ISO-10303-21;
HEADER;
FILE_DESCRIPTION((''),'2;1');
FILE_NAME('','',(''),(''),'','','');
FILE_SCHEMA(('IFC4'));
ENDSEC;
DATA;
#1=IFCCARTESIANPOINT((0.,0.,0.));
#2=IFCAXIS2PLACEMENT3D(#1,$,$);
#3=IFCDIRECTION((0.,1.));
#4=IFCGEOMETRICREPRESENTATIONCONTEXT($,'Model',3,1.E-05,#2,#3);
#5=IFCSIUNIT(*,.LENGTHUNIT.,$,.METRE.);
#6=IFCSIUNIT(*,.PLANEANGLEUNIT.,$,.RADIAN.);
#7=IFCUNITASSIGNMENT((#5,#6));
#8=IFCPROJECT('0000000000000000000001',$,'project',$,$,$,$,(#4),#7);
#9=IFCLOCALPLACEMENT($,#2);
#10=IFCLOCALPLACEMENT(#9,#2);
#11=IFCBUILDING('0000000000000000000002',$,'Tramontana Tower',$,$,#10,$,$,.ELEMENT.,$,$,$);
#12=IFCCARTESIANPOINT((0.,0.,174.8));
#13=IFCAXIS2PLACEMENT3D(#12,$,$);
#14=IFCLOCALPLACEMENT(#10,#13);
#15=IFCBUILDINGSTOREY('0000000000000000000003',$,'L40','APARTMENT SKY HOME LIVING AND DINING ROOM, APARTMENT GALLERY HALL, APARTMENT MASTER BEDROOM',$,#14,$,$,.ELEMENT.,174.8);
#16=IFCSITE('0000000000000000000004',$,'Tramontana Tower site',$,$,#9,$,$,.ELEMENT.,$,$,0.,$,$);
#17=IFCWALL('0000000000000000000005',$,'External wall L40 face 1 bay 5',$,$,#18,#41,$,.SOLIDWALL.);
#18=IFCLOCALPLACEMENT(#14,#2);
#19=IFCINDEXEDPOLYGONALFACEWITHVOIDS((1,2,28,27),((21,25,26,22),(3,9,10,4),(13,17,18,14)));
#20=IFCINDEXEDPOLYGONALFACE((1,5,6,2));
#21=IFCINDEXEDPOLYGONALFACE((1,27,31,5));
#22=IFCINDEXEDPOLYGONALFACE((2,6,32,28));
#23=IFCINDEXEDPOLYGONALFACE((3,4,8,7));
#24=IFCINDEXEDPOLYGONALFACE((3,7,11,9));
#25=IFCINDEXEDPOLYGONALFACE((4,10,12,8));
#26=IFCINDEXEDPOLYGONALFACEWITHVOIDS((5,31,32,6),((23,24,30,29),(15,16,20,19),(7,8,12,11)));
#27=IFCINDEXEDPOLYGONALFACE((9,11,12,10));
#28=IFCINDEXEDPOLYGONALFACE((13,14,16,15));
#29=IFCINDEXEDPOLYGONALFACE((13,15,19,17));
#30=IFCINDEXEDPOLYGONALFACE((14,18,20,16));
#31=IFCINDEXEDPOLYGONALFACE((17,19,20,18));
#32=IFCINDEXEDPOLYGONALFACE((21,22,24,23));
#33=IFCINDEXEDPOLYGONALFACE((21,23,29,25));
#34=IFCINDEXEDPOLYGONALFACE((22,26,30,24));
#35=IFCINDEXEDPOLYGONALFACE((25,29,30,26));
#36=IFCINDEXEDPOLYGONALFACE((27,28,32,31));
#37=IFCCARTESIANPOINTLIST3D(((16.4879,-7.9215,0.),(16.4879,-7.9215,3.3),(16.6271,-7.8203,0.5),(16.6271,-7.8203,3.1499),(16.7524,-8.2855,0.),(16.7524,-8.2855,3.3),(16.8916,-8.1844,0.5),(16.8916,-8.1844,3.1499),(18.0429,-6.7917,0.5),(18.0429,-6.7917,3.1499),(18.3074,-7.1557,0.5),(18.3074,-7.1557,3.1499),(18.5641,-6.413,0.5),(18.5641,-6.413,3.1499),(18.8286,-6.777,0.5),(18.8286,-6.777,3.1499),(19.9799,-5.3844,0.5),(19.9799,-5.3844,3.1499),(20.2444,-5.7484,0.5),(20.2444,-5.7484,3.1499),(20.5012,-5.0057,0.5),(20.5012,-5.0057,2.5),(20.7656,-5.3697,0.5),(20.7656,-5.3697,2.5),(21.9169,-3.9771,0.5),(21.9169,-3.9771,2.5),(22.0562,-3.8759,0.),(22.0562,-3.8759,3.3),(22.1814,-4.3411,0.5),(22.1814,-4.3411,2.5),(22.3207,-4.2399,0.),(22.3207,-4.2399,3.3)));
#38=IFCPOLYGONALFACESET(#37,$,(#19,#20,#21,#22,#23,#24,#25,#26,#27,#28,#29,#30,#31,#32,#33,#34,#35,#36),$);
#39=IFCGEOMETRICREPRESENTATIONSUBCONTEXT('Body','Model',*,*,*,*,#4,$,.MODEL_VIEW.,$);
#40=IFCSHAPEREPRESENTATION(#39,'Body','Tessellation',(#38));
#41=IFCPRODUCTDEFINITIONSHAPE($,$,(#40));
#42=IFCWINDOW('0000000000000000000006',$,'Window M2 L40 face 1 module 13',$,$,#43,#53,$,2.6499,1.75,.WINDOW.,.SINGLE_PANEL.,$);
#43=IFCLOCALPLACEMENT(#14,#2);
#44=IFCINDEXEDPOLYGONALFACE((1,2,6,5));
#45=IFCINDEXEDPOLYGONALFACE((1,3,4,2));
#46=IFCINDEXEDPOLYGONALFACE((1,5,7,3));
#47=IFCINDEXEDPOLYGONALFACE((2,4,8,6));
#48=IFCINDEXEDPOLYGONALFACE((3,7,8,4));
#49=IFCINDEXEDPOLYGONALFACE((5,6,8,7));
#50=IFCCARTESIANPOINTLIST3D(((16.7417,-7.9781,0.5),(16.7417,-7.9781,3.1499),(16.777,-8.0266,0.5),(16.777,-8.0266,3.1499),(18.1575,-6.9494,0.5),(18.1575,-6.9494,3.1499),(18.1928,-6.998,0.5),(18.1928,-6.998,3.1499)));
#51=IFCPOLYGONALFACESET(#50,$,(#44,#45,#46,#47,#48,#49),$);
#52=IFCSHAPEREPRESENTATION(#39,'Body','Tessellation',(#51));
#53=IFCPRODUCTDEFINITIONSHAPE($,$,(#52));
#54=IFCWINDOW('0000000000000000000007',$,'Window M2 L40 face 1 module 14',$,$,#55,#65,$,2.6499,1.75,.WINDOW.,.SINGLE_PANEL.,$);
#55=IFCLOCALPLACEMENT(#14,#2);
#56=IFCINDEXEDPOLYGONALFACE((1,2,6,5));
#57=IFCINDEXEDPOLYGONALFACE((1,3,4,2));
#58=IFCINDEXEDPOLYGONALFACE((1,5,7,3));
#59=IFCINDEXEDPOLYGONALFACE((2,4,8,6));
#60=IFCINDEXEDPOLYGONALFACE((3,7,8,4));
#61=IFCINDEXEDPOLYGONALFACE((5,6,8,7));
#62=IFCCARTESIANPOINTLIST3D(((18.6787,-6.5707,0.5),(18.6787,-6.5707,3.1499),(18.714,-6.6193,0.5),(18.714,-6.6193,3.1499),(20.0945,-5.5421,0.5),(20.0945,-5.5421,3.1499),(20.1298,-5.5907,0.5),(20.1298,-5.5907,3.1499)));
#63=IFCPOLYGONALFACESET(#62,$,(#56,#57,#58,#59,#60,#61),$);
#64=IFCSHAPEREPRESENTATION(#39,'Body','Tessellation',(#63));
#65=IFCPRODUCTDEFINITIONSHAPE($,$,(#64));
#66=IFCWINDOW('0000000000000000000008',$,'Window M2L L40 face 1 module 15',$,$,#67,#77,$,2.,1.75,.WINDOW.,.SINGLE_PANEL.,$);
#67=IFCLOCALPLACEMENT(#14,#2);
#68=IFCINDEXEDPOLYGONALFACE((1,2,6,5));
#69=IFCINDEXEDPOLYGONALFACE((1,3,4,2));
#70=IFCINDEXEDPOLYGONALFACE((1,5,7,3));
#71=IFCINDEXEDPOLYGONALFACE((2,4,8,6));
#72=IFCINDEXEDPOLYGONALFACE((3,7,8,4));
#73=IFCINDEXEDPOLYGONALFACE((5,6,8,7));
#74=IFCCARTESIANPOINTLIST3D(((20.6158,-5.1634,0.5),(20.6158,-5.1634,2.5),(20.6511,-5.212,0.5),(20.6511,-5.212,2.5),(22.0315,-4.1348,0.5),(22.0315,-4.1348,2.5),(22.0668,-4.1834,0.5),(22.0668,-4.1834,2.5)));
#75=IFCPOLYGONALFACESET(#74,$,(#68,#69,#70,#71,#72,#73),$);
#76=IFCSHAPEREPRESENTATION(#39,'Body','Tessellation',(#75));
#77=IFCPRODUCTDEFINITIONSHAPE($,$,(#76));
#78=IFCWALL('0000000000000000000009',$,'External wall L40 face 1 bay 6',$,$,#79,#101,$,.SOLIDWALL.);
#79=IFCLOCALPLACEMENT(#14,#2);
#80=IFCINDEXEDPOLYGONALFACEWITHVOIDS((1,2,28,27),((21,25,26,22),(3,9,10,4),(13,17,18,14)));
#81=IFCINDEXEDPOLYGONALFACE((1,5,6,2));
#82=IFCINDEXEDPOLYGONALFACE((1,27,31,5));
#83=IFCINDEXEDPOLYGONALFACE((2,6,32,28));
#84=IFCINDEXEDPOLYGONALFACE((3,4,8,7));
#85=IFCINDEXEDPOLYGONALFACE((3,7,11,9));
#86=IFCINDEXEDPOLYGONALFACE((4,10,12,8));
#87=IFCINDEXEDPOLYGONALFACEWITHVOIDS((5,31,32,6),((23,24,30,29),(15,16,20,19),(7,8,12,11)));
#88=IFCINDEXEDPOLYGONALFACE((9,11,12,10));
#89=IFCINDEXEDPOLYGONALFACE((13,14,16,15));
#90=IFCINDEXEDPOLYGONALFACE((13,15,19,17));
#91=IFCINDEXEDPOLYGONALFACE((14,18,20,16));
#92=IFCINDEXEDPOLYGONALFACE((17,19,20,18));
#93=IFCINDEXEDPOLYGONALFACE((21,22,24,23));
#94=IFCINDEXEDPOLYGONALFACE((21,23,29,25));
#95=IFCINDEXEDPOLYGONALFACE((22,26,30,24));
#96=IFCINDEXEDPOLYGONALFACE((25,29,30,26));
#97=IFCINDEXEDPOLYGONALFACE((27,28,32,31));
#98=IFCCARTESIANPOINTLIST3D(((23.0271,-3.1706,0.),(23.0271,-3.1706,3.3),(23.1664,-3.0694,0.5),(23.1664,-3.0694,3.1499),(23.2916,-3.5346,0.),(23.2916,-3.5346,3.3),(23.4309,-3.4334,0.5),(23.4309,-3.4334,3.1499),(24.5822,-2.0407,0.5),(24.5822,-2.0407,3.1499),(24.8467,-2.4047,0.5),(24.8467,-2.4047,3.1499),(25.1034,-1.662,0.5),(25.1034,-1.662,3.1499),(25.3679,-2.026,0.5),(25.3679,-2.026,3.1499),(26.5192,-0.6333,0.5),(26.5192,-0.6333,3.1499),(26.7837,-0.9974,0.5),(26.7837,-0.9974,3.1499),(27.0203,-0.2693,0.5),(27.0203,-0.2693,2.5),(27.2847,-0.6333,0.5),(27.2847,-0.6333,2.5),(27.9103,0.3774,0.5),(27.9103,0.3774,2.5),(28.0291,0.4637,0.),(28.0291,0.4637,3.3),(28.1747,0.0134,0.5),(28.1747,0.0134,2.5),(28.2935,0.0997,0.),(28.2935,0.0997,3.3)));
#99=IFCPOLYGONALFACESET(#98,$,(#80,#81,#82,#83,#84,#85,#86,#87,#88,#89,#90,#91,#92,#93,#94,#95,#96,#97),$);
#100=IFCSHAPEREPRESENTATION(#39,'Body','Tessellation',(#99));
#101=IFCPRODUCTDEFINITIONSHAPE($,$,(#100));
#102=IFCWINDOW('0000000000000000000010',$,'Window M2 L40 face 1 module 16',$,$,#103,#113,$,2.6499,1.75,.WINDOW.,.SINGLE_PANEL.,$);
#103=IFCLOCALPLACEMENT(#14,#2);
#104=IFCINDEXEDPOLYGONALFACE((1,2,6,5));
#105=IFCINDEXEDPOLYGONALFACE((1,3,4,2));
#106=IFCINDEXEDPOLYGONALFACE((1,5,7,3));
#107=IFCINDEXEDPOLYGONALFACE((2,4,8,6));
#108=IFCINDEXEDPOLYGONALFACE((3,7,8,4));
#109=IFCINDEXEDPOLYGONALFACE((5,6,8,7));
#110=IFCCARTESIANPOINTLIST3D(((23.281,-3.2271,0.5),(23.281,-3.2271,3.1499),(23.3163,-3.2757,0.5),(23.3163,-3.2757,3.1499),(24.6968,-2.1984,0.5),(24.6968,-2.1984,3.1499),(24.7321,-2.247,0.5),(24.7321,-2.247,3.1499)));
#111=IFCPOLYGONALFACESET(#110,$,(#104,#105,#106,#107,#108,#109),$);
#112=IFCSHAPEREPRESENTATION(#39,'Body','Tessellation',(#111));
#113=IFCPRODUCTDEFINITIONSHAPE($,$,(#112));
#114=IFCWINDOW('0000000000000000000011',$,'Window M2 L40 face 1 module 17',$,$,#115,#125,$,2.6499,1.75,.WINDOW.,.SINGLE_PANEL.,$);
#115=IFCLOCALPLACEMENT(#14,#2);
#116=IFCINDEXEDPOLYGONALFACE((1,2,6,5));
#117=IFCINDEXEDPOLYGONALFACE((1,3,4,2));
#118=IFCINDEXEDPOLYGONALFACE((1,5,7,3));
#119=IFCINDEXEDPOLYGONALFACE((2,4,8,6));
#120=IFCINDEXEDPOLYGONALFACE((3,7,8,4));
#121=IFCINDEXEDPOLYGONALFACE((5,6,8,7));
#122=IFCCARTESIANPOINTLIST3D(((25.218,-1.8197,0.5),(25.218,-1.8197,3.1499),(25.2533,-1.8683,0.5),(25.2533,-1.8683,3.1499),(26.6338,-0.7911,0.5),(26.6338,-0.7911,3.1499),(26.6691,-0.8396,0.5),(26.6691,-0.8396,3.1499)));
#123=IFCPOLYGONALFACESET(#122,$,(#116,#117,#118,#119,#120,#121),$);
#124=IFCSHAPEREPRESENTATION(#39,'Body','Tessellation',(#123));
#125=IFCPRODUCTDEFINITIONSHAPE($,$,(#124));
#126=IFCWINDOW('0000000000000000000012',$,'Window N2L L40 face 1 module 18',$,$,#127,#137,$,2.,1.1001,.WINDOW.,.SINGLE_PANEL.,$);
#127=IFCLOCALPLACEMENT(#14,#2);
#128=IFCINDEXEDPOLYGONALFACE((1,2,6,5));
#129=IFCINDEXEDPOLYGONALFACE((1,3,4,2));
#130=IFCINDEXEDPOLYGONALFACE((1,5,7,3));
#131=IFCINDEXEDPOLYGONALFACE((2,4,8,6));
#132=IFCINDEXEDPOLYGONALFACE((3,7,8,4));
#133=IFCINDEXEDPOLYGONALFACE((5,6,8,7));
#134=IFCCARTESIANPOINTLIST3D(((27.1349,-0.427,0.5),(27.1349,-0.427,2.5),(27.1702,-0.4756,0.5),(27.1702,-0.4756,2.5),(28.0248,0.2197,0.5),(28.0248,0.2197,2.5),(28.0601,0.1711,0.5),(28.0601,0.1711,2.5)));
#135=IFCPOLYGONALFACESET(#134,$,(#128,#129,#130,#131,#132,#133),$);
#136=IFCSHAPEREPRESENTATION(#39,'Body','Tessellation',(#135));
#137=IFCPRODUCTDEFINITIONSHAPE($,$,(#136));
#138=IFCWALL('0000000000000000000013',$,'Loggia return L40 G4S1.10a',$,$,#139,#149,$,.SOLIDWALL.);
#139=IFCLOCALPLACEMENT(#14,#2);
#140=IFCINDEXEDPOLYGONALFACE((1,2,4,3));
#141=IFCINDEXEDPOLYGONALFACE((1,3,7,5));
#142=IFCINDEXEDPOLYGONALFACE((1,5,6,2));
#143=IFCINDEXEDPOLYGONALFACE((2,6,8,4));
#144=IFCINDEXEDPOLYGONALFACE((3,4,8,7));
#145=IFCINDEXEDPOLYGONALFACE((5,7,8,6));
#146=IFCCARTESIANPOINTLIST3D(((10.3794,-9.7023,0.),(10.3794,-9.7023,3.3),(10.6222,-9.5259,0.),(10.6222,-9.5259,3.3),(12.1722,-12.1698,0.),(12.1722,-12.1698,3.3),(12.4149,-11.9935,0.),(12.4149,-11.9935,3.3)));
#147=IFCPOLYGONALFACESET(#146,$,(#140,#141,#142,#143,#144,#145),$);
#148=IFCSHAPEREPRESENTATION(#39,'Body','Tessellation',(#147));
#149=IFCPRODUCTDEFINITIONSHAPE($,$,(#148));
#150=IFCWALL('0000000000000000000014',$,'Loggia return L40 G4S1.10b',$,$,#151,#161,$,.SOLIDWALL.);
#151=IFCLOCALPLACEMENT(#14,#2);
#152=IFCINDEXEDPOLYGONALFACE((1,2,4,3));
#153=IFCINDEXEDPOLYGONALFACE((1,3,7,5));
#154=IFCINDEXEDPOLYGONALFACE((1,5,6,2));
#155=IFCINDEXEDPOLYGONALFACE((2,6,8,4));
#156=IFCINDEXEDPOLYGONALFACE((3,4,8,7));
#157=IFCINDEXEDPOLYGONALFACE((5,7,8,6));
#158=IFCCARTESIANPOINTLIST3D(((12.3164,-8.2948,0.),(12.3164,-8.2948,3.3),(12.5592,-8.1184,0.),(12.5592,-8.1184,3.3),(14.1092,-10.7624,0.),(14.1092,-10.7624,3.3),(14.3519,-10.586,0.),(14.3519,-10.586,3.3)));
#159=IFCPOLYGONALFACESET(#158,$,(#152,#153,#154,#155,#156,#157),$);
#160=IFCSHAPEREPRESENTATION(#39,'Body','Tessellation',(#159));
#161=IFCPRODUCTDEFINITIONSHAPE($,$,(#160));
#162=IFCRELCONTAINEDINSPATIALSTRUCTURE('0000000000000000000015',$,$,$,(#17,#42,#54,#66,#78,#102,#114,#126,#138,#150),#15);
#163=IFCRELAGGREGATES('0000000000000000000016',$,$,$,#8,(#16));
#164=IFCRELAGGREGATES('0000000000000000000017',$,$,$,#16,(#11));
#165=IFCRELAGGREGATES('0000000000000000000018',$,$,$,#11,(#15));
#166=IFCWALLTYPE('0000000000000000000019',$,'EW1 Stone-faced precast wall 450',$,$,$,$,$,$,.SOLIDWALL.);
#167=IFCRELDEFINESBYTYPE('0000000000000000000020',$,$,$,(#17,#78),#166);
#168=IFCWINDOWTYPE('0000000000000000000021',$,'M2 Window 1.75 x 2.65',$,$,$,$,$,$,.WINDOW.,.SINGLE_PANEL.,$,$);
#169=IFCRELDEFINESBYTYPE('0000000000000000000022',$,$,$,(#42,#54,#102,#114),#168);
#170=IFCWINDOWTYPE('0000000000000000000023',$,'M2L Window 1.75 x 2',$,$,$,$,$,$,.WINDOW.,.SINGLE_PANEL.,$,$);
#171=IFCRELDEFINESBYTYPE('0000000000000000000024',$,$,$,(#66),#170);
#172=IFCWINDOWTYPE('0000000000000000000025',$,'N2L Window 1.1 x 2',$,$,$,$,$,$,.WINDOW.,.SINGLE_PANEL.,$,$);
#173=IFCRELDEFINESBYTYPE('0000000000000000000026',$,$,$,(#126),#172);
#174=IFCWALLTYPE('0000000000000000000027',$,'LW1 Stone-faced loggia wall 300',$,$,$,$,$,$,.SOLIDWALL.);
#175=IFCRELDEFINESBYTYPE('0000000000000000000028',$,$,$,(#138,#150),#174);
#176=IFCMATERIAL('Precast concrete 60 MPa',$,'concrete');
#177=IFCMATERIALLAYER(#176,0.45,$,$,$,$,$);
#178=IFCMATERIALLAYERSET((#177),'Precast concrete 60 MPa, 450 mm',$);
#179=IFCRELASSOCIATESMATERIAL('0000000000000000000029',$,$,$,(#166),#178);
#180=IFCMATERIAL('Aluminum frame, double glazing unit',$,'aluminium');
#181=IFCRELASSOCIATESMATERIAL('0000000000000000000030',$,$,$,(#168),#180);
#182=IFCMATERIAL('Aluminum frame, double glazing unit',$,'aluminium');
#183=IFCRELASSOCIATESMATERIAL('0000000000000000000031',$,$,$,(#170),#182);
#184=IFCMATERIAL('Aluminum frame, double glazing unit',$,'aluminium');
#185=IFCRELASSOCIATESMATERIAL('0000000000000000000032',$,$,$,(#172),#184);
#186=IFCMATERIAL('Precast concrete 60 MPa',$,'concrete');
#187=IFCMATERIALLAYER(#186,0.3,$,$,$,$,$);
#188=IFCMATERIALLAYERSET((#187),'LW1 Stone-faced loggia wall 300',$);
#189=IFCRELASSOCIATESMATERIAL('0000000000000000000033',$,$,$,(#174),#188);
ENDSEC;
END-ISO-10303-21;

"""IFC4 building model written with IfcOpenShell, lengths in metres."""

from ifc_helpers import new_model, si_unit, direction, frame, frame_2d, origin, place, context, subcontext, project, spatial, rectangle, extrude, material, layer, layer_set, type_object, element, fill, save


model = new_model("IFC4")

# Units and contexts
model_context = context("Model", 3, precision=1e-05, world=origin(), true_north=direction((0.0, 1.0)))
body_context = subcontext(model_context, "Body", "Model", "MODEL_VIEW")
ifc_project = project(units=[si_unit("LENGTHUNIT", "METRE"), si_unit("PLANEANGLEUNIT", "RADIAN")], contexts=[model_context])

# Site, building, storey
site_placement = place(None, origin())
site = spatial("IfcSite", under=ifc_project, at=site_placement, Name="Tramontana Tower site", CompositionType="ELEMENT", RefElevation=0.0)
building_placement = place(site_placement, origin())
building = spatial("IfcBuilding", under=site, at=building_placement, Name="Tramontana Tower", CompositionType="ELEMENT")
storey_placement = place(building_placement, frame((0.0, 0.0, 174.8)))
storey = spatial("IfcBuildingStorey", under=building, at=storey_placement, Name="L40", Description="APARTMENT SKY HOME LIVING AND DINING ROOM, APARTMENT GALLERY HALL, APARTMENT MASTER BEDROOM", CompositionType="ELEMENT", Elevation=174.8)

# Shared definitions
ifc_material_1 = material(Name="Precast concrete 60 MPa", Category="concrete")
ifc_layer_1 = layer(ifc_material_1, 0.45)
ifc_layer_set_1 = layer_set([ifc_layer_1], Name="Precast concrete 60 MPa, 450 mm")
wall_type_1 = type_object("IfcWallType", Name="EW1 Stone-faced precast wall 450", PredefinedType="SOLIDWALL", material=ifc_layer_set_1)
ifc_material_2 = material(Name="Aluminum frame, double glazing unit", Category="aluminium")
window_type_1 = type_object("IfcWindowType", Name="M2 Window 1.75 x 2.65", PartitioningType="SINGLE_PANEL", PredefinedType="WINDOW", material=ifc_material_2)

# Walls, openings, windows
wall_1_placement = place(storey_placement, frame((16.6201, -8.1035, 0.0), z_axis=(0.0, 0.0, 1.0), x_axis=(0.809017, 0.587786, 0.0)))
wall_1 = element("IfcWall", 1, at=wall_1_placement, inside=storey, type_object=wall_type_1, Name="External wall L40 face 1 bay 5", PredefinedType="SOLIDWALL", context=body_context, shape_type="SweptSolid", body=[
    extrude(rectangle(XDim=6.8828, YDim=0.45, at=frame_2d((3.4414, 0.0))), origin(), (0.0, 0.0, 1.0), 3.3),
])
opening_1_placement = place(wall_1_placement, frame((0.1721, 0.0, 0.5)))
opening_1 = element("IfcOpeningElement", 2, at=opening_1_placement, cuts=wall_1, PredefinedType="OPENING", context=body_context, shape_type="SweptSolid", body=[
    extrude(rectangle(XDim=1.75, YDim=2.6499, at=frame_2d((0.875, 1.325))), frame((0.0, 0.2349, 0.0), z_axis=(0.0, -1.0, 0.0), x_axis=(1.0, 0.0, 0.0)), (0.0, 0.0, 1.0), 0.47),
])
opening_2_placement = place(wall_1_placement, frame((2.5664, 0.0, 0.5)))
opening_2 = element("IfcOpeningElement", 3, at=opening_2_placement, cuts=wall_1, PredefinedType="OPENING", context=body_context, shape_type="SweptSolid", body=[
    extrude(rectangle(XDim=1.75, YDim=2.6499, at=frame_2d((0.875, 1.325))), frame((0.0, 0.2349, 0.0), z_axis=(0.0, -1.0, 0.0), x_axis=(1.0, 0.0, 0.0)), (0.0, 0.0, 1.0), 0.47),
])
opening_3_placement = place(wall_1_placement, frame((4.9607, 0.0, 0.5)))
opening_3 = element("IfcOpeningElement", 4, at=opening_3_placement, cuts=wall_1, PredefinedType="OPENING", context=body_context, shape_type="SweptSolid", body=[
    extrude(rectangle(XDim=1.75, YDim=2.0, at=frame_2d((0.875, 1.0))), frame((0.0, 0.2349, 0.0), z_axis=(0.0, -1.0, 0.0), x_axis=(1.0, 0.0, 0.0)), (0.0, 0.0, 1.0), 0.47),
])
window_1_placement = place(opening_1_placement, origin())
window_1 = element("IfcWindow", 5, at=window_1_placement, inside=storey, type_object=window_type_1, Name="Window M2 L40 face 1 module 13", OverallHeight=2.6499, OverallWidth=1.75, PartitioningType="SINGLE_PANEL", PredefinedType="WINDOW", context=body_context, shape_type="SweptSolid", body=[
    extrude(rectangle(XDim=1.75, YDim=2.6499, at=frame_2d((0.875, 1.325))), frame((0.0, 0.03, 0.0), z_axis=(0.0, -1.0, 0.0), x_axis=(1.0, 0.0, 0.0)), (0.0, 0.0, 1.0), 0.0601),
])
fill(opening_1, window_1)
window_2_placement = place(opening_2_placement, origin())
window_2 = element("IfcWindow", 6, at=window_2_placement, inside=storey, type_object=window_type_1, Name="Window M2 L40 face 1 module 14", OverallHeight=2.6499, OverallWidth=1.75, PartitioningType="SINGLE_PANEL", PredefinedType="WINDOW", context=body_context, shape_type="SweptSolid", body=[
    extrude(rectangle(XDim=1.75, YDim=2.6499, at=frame_2d((0.875, 1.325))), frame((0.0, 0.03, 0.0), z_axis=(0.0, -1.0, 0.0), x_axis=(1.0, 0.0, 0.0)), (0.0, 0.0, 1.0), 0.0601),
])
fill(opening_2, window_2)
ifc_material_3 = material(Name="Aluminum frame, double glazing unit", Category="aluminium")
window_type_2 = type_object("IfcWindowType", Name="M2L Window 1.75 x 2", PartitioningType="SINGLE_PANEL", PredefinedType="WINDOW", material=ifc_material_3)
window_3_placement = place(opening_3_placement, origin())
window_3 = element("IfcWindow", 7, at=window_3_placement, inside=storey, type_object=window_type_2, Name="Window M2L L40 face 1 module 15", OverallHeight=2.0, OverallWidth=1.75, PartitioningType="SINGLE_PANEL", PredefinedType="WINDOW", context=body_context, shape_type="SweptSolid", body=[
    extrude(rectangle(XDim=1.75, YDim=2.0, at=frame_2d((0.875, 1.0))), frame((0.0, 0.03, 0.0), z_axis=(0.0, -1.0, 0.0), x_axis=(1.0, 0.0, 0.0)), (0.0, 0.0, 1.0), 0.0601),
])
fill(opening_3, window_3)
wall_2_placement = place(storey_placement, frame((23.1594, -3.3525, 0.0), z_axis=(0.0, 0.0, 1.0), x_axis=(0.809006, 0.587801, 0.0)))
wall_2 = element("IfcWall", 8, at=wall_2_placement, inside=storey, type_object=wall_type_1, Name="External wall L40 face 1 bay 6", PredefinedType="SOLIDWALL", context=body_context, shape_type="SweptSolid", body=[
    extrude(rectangle(XDim=6.1829, YDim=0.45, at=frame_2d((3.0913, 0.0))), origin(), (0.0, 0.0, 1.0), 3.3),
])
opening_4_placement = place(wall_2_placement, frame((0.1721, 0.0, 0.5)))
opening_4 = element("IfcOpeningElement", 9, at=opening_4_placement, cuts=wall_2, PredefinedType="OPENING", context=body_context, shape_type="SweptSolid", body=[
    extrude(rectangle(XDim=1.75, YDim=2.6499, at=frame_2d((0.875, 1.325))), frame((0.0, 0.2349, 0.0), z_axis=(0.0, -1.0, 0.0), x_axis=(1.0, 0.0, 0.0)), (0.0, 0.0, 1.0), 0.47),
])
opening_5_placement = place(wall_2_placement, frame((2.5664, 0.0, 0.5)))
opening_5 = element("IfcOpeningElement", 10, at=opening_5_placement, cuts=wall_2, PredefinedType="OPENING", context=body_context, shape_type="SweptSolid", body=[
    extrude(rectangle(XDim=1.75, YDim=2.6499, at=frame_2d((0.875, 1.325))), frame((0.0, 0.2349, 0.0), z_axis=(0.0, -1.0, 0.0), x_axis=(1.0, 0.0, 0.0)), (0.0, 0.0, 1.0), 0.47),
])
opening_6_placement = place(wall_2_placement, frame((4.9358, 0.0, 0.5)))
opening_6 = element("IfcOpeningElement", 11, at=opening_6_placement, cuts=wall_2, PredefinedType="OPENING", context=body_context, shape_type="SweptSolid", body=[
    extrude(rectangle(XDim=1.1001, YDim=2.0, at=frame_2d((0.55, 1.0))), frame((0.0, 0.2349, 0.0), z_axis=(0.0, -1.0, 0.0), x_axis=(1.0, 0.0, 0.0)), (0.0, 0.0, 1.0), 0.47),
])
window_4_placement = place(opening_4_placement, origin())
window_4 = element("IfcWindow", 12, at=window_4_placement, inside=storey, type_object=window_type_1, Name="Window M2 L40 face 1 module 16", OverallHeight=2.6499, OverallWidth=1.75, PartitioningType="SINGLE_PANEL", PredefinedType="WINDOW", context=body_context, shape_type="SweptSolid", body=[
    extrude(rectangle(XDim=1.75, YDim=2.6499, at=frame_2d((0.875, 1.325))), frame((0.0, 0.03, 0.0), z_axis=(0.0, -1.0, 0.0), x_axis=(1.0, 0.0, 0.0)), (0.0, 0.0, 1.0), 0.0601),
])
fill(opening_4, window_4)
window_5_placement = place(opening_5_placement, origin())
window_5 = element("IfcWindow", 13, at=window_5_placement, inside=storey, type_object=window_type_1, Name="Window M2 L40 face 1 module 17", OverallHeight=2.6499, OverallWidth=1.75, PartitioningType="SINGLE_PANEL", PredefinedType="WINDOW", context=body_context, shape_type="SweptSolid", body=[
    extrude(rectangle(XDim=1.75, YDim=2.6499, at=frame_2d((0.875, 1.325))), frame((0.0, 0.03, 0.0), z_axis=(0.0, -1.0, 0.0), x_axis=(1.0, 0.0, 0.0)), (0.0, 0.0, 1.0), 0.0601),
])
fill(opening_5, window_5)
ifc_material_4 = material(Name="Aluminum frame, double glazing unit", Category="aluminium")
window_type_3 = type_object("IfcWindowType", Name="N2L Window 1.1 x 2", PartitioningType="SINGLE_PANEL", PredefinedType="WINDOW", material=ifc_material_4)
window_6_placement = place(opening_6_placement, origin())
window_6 = element("IfcWindow", 14, at=window_6_placement, inside=storey, type_object=window_type_3, Name="Window N2L L40 face 1 module 18", OverallHeight=2.0, OverallWidth=1.1001, PartitioningType="SINGLE_PANEL", PredefinedType="WINDOW", context=body_context, shape_type="SweptSolid", body=[
    extrude(rectangle(XDim=1.1001, YDim=2.0, at=frame_2d((0.55, 1.0))), frame((0.0, 0.03, 0.0), z_axis=(0.0, -1.0, 0.0), x_axis=(1.0, 0.0, 0.0)), (0.0, 0.0, 1.0), 0.0601),
])
fill(opening_6, window_6)

# Walls
ifc_material_5 = material(Name="Precast concrete 60 MPa", Category="concrete")
ifc_layer_2 = layer(ifc_material_5, 0.3)
ifc_layer_set_2 = layer_set([ifc_layer_2], Name="LW1 Stone-faced loggia wall 300")
wall_type_2 = type_object("IfcWallType", Name="LW1 Stone-faced loggia wall 300", PredefinedType="SOLIDWALL", material=ifc_layer_set_2)
for number, where, z_axis, x_axis, name in (
    (15, (12.2935, -12.0815, 0.0), (0.0, 0.0, 1.0), (-0.587777, 0.809023, 0.0), "Loggia return L40 G4S1.10a"),
    (16, (14.2305, -10.6741, 0.0), (0.0, 0.0, 1.0), (-0.587777, 0.809023, 0.0), "Loggia return L40 G4S1.10b"),
):
    element("IfcWall", number, at=place(storey_placement, frame(where, z_axis=z_axis, x_axis=x_axis)), inside=storey, type_object=wall_type_2, Name=name, PredefinedType="SOLIDWALL", context=body_context, shape_type="SweptSolid", body=[
        extrude(rectangle(XDim=3.05, YDim=0.3, at=frame_2d((1.5249, 0.0))), origin(), (0.0, 0.0, 1.0), 3.3),
    ])

save(model, "model.ifc")
